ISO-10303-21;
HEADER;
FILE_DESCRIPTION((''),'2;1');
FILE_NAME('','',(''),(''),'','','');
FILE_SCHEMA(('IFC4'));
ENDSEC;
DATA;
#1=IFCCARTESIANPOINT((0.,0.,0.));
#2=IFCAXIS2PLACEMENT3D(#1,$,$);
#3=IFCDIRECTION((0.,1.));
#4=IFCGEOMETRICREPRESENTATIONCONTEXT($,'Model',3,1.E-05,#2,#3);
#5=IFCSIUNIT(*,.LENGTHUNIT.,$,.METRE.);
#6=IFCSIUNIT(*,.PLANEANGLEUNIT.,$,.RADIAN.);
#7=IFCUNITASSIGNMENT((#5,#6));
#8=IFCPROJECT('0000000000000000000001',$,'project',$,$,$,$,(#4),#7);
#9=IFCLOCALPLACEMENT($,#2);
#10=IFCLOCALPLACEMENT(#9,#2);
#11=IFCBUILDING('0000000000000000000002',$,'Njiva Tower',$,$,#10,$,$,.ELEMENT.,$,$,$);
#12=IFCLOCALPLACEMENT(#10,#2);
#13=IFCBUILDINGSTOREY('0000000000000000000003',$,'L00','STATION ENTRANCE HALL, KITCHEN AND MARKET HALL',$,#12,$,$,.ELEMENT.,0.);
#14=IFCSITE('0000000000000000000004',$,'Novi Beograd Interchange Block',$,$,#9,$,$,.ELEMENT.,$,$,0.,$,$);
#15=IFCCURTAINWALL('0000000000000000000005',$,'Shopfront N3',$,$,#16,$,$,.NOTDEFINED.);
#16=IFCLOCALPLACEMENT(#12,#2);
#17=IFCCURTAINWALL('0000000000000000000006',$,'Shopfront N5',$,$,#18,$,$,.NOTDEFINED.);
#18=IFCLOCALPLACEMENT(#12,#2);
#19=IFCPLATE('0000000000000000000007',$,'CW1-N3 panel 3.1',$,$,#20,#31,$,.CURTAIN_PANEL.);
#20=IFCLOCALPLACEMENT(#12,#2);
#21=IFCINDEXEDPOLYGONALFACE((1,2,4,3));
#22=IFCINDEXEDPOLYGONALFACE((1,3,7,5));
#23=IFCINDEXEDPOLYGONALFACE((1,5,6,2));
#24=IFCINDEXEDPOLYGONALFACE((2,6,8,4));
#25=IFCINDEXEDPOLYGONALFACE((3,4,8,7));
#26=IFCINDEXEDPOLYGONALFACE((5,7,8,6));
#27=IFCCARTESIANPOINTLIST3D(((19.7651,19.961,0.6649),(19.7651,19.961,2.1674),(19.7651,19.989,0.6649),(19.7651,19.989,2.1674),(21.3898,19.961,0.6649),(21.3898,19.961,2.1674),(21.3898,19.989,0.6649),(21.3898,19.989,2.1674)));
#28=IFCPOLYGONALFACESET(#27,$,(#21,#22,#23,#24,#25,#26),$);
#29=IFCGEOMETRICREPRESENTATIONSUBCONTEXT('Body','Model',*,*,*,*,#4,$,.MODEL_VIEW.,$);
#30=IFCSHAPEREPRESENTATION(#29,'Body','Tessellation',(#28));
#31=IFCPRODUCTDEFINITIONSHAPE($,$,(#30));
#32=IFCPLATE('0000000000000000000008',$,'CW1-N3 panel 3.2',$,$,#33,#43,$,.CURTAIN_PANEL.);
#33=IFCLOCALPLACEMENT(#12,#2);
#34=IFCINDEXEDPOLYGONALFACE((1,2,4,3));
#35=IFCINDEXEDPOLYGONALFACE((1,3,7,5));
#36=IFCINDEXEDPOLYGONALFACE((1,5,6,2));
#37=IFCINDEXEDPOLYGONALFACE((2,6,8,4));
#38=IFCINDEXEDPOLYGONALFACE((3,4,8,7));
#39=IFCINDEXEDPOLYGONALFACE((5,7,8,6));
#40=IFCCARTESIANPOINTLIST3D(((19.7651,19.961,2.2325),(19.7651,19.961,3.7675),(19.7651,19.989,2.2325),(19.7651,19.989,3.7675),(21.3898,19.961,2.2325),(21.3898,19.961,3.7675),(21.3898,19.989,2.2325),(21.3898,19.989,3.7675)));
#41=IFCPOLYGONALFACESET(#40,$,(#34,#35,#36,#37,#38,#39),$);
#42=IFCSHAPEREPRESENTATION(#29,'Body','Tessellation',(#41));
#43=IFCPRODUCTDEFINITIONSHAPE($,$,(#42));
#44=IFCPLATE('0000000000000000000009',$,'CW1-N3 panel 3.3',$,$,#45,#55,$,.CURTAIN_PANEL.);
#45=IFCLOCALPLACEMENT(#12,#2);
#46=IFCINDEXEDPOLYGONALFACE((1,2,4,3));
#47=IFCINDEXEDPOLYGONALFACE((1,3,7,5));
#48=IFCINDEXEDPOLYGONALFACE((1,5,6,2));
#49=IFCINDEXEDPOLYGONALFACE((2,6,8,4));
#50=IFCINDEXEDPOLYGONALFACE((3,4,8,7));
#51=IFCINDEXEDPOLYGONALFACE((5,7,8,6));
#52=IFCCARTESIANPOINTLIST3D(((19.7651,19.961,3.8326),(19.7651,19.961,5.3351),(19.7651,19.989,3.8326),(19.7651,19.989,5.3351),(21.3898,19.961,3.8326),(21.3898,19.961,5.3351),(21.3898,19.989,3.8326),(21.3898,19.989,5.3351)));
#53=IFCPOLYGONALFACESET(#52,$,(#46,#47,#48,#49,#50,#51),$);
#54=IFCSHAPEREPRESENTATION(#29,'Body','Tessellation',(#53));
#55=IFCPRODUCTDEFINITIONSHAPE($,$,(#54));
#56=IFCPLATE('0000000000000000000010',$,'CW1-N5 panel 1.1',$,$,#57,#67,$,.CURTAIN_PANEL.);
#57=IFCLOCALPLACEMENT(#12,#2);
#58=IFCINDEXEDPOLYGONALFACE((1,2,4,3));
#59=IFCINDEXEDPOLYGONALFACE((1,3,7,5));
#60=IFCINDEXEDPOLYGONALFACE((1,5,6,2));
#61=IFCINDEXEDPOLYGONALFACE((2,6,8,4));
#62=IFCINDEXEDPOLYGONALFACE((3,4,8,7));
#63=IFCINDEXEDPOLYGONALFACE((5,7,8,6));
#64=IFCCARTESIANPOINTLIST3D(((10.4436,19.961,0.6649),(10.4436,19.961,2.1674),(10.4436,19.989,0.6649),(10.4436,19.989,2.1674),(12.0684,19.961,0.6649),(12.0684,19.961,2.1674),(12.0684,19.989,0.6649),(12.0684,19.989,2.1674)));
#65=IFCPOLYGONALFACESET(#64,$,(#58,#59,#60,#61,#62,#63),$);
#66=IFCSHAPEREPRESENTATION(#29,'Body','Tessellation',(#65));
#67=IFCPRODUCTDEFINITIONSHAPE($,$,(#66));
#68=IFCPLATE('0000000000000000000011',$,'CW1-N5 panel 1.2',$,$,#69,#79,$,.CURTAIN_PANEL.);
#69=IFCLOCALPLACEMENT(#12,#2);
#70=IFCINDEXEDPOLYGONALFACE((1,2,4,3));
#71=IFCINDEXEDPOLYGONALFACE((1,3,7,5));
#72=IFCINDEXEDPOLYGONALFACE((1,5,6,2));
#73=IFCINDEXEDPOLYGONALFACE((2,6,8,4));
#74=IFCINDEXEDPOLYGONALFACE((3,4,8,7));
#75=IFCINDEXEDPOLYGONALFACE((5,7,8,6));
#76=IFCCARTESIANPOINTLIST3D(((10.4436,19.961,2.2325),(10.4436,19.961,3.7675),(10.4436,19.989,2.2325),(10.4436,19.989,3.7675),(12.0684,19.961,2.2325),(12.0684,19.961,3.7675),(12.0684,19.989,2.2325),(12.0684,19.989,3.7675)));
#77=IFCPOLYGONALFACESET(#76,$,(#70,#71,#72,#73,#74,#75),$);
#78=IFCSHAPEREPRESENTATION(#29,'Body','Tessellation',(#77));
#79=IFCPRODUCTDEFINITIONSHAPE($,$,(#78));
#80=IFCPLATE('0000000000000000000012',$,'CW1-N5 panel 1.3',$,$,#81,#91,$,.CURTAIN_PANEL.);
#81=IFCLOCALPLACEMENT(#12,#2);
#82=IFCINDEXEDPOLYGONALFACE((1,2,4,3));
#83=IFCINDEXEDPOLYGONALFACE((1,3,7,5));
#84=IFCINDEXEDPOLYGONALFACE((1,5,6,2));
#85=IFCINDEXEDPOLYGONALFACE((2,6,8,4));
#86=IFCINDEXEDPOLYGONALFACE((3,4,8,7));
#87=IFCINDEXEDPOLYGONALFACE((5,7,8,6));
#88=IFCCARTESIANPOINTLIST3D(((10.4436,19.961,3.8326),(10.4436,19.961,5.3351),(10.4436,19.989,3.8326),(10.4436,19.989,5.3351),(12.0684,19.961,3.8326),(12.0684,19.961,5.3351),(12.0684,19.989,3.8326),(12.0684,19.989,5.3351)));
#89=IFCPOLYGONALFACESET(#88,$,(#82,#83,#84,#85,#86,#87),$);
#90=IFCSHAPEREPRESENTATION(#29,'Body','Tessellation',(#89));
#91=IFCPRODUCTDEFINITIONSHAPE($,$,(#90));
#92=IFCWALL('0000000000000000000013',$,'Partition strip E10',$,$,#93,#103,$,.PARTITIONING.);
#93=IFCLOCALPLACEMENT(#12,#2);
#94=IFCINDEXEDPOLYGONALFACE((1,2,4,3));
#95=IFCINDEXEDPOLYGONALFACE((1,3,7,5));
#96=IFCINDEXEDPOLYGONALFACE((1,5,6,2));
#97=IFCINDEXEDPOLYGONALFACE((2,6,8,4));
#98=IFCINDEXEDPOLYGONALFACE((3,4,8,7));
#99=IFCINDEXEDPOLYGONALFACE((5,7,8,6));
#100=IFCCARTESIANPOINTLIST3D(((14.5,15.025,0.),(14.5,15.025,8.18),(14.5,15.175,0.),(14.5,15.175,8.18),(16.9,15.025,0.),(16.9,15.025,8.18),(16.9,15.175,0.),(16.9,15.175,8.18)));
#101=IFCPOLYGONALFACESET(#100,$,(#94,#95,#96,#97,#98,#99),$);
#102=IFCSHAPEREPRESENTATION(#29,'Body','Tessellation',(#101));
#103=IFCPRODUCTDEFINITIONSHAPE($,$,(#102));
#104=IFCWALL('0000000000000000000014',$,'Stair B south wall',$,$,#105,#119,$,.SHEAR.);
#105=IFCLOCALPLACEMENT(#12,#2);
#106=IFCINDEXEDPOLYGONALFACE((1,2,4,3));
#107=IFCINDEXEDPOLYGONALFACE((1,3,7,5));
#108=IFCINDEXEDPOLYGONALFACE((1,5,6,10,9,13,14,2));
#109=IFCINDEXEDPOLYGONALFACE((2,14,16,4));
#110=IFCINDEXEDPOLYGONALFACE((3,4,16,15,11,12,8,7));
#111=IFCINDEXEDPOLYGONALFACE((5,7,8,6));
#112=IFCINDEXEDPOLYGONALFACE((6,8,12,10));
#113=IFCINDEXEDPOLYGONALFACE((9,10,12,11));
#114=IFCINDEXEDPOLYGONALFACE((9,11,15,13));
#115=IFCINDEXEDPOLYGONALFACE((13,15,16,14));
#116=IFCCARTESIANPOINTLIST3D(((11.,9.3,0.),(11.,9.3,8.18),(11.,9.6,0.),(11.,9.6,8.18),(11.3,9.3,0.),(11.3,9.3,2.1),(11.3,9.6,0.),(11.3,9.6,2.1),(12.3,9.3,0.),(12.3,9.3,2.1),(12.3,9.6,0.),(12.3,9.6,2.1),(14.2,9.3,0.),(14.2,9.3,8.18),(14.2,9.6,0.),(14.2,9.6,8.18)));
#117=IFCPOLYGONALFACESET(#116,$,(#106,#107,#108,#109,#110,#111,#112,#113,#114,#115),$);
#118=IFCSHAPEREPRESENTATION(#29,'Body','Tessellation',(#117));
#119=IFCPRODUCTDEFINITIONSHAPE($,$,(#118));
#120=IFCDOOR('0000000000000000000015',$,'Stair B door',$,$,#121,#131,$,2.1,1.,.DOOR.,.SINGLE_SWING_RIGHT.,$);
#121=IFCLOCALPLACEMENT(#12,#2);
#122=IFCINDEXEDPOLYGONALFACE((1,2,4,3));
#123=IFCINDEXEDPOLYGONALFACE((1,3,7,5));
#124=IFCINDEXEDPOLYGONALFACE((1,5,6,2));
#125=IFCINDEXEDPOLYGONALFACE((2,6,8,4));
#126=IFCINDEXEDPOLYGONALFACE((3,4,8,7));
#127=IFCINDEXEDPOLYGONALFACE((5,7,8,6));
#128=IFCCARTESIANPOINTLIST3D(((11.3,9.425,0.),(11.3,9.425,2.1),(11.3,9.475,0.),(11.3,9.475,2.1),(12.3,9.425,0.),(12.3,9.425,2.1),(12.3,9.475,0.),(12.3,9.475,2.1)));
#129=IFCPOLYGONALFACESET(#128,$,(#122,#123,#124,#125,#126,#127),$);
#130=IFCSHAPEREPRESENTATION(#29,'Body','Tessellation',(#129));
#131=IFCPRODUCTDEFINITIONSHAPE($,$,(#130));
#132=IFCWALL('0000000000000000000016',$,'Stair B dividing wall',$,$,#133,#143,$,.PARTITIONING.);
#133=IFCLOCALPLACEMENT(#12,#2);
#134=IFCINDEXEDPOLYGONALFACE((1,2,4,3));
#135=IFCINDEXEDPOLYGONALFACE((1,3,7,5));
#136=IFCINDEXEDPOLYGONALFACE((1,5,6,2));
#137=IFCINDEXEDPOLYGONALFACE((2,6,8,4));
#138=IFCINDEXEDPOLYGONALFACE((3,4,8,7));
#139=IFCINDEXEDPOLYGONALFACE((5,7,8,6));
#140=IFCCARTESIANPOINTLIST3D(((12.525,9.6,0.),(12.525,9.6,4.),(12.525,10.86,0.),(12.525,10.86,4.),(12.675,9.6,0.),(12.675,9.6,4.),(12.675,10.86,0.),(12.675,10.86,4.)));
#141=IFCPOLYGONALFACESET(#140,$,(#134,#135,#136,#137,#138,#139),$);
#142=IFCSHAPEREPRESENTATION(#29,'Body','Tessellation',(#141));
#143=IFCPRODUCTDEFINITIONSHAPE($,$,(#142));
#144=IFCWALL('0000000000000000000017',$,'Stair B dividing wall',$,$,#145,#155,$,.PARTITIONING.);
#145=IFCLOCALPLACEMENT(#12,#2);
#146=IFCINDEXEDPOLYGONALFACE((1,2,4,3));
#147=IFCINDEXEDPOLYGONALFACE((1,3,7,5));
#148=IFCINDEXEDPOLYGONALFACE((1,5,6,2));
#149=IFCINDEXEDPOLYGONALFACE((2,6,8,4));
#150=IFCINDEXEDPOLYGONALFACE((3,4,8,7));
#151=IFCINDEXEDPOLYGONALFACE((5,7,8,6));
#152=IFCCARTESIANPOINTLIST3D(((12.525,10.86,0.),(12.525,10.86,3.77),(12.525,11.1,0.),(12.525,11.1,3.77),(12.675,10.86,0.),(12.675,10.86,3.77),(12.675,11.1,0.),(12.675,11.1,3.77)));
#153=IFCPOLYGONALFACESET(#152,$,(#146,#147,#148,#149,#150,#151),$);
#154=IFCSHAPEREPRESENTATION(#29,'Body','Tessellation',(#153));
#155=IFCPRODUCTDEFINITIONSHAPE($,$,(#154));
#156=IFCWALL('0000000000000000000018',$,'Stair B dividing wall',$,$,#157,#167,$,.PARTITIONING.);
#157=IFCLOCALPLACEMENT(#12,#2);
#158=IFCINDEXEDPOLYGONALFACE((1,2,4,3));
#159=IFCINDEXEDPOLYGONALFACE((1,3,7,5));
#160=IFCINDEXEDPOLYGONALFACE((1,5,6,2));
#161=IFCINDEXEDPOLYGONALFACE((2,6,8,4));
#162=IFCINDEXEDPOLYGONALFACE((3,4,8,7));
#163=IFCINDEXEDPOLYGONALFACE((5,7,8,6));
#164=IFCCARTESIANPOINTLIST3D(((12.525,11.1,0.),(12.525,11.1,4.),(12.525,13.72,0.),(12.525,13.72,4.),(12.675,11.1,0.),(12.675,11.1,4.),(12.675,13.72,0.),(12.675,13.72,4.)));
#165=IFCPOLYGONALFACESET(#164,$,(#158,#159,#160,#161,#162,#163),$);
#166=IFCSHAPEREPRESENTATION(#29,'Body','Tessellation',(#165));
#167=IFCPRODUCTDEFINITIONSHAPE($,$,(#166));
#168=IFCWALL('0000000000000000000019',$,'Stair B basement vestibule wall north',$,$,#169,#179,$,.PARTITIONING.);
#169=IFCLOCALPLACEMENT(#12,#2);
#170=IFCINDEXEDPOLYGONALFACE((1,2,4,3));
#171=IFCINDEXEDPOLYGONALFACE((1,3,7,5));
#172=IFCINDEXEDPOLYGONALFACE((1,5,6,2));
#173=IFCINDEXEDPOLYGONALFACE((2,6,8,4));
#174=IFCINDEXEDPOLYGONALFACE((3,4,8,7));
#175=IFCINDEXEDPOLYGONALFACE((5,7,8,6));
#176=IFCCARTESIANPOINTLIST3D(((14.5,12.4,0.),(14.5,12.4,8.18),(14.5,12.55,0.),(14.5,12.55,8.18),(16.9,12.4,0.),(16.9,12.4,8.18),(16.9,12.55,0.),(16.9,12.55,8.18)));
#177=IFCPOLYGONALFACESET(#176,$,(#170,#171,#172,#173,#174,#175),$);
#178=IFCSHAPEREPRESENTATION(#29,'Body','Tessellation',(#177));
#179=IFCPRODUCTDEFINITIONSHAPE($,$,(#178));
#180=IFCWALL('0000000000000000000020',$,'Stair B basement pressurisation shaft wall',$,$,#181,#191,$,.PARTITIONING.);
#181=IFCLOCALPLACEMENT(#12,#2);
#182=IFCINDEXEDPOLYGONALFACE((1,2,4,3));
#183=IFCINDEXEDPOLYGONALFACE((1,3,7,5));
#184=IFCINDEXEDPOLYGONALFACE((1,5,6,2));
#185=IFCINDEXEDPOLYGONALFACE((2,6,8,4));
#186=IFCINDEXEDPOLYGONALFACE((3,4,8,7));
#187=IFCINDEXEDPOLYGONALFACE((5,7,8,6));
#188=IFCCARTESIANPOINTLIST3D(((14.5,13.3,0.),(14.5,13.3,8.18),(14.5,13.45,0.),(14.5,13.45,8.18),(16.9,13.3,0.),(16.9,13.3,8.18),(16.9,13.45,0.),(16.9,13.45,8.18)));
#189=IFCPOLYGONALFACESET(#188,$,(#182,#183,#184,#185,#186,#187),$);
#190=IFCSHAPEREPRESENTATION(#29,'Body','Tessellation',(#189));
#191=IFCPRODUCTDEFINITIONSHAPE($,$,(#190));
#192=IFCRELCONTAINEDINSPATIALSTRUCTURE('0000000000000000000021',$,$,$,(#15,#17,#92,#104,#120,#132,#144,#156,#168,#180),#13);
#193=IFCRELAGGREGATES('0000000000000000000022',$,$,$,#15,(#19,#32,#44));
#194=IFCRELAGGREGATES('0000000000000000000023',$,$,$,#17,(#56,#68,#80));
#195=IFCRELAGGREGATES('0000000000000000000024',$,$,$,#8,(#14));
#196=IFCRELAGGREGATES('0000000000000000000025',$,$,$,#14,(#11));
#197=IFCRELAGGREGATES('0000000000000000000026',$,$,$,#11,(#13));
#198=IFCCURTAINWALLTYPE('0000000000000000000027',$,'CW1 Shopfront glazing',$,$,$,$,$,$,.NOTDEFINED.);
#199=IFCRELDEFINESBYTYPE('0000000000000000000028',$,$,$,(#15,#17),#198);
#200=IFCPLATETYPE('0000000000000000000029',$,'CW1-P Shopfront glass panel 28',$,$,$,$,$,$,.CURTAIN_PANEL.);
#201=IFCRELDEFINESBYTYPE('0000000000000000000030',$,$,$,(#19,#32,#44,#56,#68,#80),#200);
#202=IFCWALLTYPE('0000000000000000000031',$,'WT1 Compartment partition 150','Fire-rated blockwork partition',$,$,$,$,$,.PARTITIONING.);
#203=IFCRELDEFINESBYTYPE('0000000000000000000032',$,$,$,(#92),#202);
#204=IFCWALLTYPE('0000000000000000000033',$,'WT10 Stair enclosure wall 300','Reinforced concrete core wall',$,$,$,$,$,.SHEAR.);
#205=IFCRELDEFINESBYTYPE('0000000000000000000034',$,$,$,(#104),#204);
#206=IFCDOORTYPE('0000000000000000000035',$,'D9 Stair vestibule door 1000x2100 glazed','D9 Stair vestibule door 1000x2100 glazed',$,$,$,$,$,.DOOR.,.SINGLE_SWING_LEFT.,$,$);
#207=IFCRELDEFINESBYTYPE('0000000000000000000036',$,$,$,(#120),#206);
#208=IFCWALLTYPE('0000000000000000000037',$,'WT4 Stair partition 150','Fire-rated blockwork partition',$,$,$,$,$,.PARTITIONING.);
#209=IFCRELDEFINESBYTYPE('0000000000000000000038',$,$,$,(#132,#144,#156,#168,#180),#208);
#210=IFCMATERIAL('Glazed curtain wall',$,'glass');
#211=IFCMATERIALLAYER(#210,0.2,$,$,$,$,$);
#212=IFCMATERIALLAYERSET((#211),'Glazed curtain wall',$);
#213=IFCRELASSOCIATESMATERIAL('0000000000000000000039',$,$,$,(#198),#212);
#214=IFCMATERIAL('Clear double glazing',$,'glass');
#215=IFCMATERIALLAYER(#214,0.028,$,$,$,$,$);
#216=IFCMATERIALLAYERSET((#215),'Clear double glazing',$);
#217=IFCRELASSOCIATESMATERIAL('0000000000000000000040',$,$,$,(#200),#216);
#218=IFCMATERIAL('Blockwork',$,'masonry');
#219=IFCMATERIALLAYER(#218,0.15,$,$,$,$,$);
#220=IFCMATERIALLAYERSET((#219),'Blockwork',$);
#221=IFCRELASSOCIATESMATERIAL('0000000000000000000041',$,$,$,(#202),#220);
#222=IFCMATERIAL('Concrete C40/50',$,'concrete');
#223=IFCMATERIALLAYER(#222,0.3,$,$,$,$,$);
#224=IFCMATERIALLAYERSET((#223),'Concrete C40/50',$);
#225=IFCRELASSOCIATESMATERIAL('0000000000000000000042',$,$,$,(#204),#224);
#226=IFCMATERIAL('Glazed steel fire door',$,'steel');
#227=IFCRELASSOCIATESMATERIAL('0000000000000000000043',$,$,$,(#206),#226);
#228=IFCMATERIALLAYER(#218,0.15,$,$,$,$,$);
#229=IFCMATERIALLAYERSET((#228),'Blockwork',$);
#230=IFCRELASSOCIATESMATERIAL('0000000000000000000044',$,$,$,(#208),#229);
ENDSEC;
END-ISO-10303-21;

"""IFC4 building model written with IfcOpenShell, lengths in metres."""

from ifc_helpers import new_model, si_unit, direction, frame, frame_2d, origin, origin_2d, place, context, subcontext, project, spatial, rectangle, extrude, material, layer, layer_set, type_object, element, fill, aggregate, save


model = new_model("IFC4")

# Units and contexts
model_context = context("Model", 3, precision=1e-05, world=origin(), true_north=direction((0.0, 1.0)))
body_context = subcontext(model_context, "Body", "Model", "MODEL_VIEW")
ifc_project = project(units=[si_unit("LENGTHUNIT", "METRE"), si_unit("PLANEANGLEUNIT", "RADIAN")], contexts=[model_context])

# Site, building, storey
site_placement = place(None, origin())
site = spatial("IfcSite", under=ifc_project, at=site_placement, Name="Novi Beograd Interchange Block", CompositionType="ELEMENT", RefElevation=0.0)
building_placement = place(site_placement, origin())
building = spatial("IfcBuilding", under=site, at=building_placement, Name="Njiva Tower", CompositionType="ELEMENT")
storey_placement = place(building_placement, origin())
storey = spatial("IfcBuildingStorey", under=building, at=storey_placement, Name="L00", Description="STATION ENTRANCE HALL, KITCHEN AND MARKET HALL", CompositionType="ELEMENT", Elevation=0.0)

# Curtain wall
ifc_material_1 = material(Name="Glazed curtain wall", Category="glass")
ifc_layer_1 = layer(ifc_material_1, 0.2)
ifc_layer_set_1 = layer_set([ifc_layer_1], Name="Glazed curtain wall")
curtain_wall_type = type_object("IfcCurtainWallType", Name="CW1 Shopfront glazing", PredefinedType="NOTDEFINED", material=ifc_layer_set_1)
curtain_wall_1_placement = place(storey_placement, origin())
curtain_wall_1 = element("IfcCurtainWall", 1, at=curtain_wall_1_placement, inside=storey, type_object=curtain_wall_type, Name="Shopfront N3", PredefinedType="NOTDEFINED")

# Curtain wall
curtain_wall_2_placement = place(storey_placement, origin())
curtain_wall_2 = element("IfcCurtainWall", 2, at=curtain_wall_2_placement, inside=storey, type_object=curtain_wall_type, Name="Shopfront N5", PredefinedType="NOTDEFINED")

# Plates
ifc_material_2 = material(Name="Clear double glazing", Category="glass")
ifc_layer_2 = layer(ifc_material_2, 0.028)
ifc_layer_set_2 = layer_set([ifc_layer_2], Name="Clear double glazing")
plate_type = type_object("IfcPlateType", Name="CW1-P Shopfront glass panel 28", PredefinedType="CURTAIN_PANEL", material=ifc_layer_set_2)
plate_1_placement = place(storey_placement, frame((20.5774, 19.975, 0.6649), z_axis=(0.0, 0.0, 1.0), x_axis=(-1.0, 0.0, 0.0)))
plate_1 = element("IfcPlate", 3, at=plate_1_placement, type_object=plate_type, Name="CW1-N3 panel 3.1", PredefinedType="CURTAIN_PANEL", context=body_context, shape_type="SweptSolid", body=[
    extrude(rectangle(XDim=1.6247, YDim=0.028, at=origin_2d()), origin(), (0.0, 0.0, 1.0), 1.5025),
])
plate_2_placement = place(storey_placement, frame((20.5774, 19.975, 2.2325), z_axis=(0.0, 0.0, 1.0), x_axis=(-1.0, 0.0, 0.0)))
plate_2 = element("IfcPlate", 4, at=plate_2_placement, type_object=plate_type, Name="CW1-N3 panel 3.2", PredefinedType="CURTAIN_PANEL", context=body_context, shape_type="SweptSolid", body=[
    extrude(rectangle(XDim=1.6247, YDim=0.028, at=origin_2d()), origin(), (0.0, 0.0, 1.0), 1.535),
])
plate_3_placement = place(storey_placement, frame((20.5774, 19.975, 3.8326), z_axis=(0.0, 0.0, 1.0), x_axis=(-1.0, 0.0, 0.0)))
plate_3 = element("IfcPlate", 5, at=plate_3_placement, type_object=plate_type, Name="CW1-N3 panel 3.3", PredefinedType="CURTAIN_PANEL", context=body_context, shape_type="SweptSolid", body=[
    extrude(rectangle(XDim=1.6247, YDim=0.028, at=origin_2d()), origin(), (0.0, 0.0, 1.0), 1.5025),
])
aggregate(curtain_wall_1, [plate_1, plate_2, plate_3])
plate_4_placement = place(storey_placement, frame((11.256, 19.975, 0.6649), z_axis=(0.0, 0.0, 1.0), x_axis=(-1.0, 0.0, 0.0)))
plate_4 = element("IfcPlate", 6, at=plate_4_placement, type_object=plate_type, Name="CW1-N5 panel 1.1", PredefinedType="CURTAIN_PANEL", context=body_context, shape_type="SweptSolid", body=[
    extrude(rectangle(XDim=1.6247, YDim=0.028, at=origin_2d()), origin(), (0.0, 0.0, 1.0), 1.5025),
])
plate_5_placement = place(storey_placement, frame((11.256, 19.975, 2.2325), z_axis=(0.0, 0.0, 1.0), x_axis=(-1.0, 0.0, 0.0)))
plate_5 = element("IfcPlate", 7, at=plate_5_placement, type_object=plate_type, Name="CW1-N5 panel 1.2", PredefinedType="CURTAIN_PANEL", context=body_context, shape_type="SweptSolid", body=[
    extrude(rectangle(XDim=1.6247, YDim=0.028, at=origin_2d()), origin(), (0.0, 0.0, 1.0), 1.535),
])
plate_6_placement = place(storey_placement, frame((11.256, 19.975, 3.8326), z_axis=(0.0, 0.0, 1.0), x_axis=(-1.0, 0.0, 0.0)))
plate_6 = element("IfcPlate", 8, at=plate_6_placement, type_object=plate_type, Name="CW1-N5 panel 1.3", PredefinedType="CURTAIN_PANEL", context=body_context, shape_type="SweptSolid", body=[
    extrude(rectangle(XDim=1.6247, YDim=0.028, at=origin_2d()), origin(), (0.0, 0.0, 1.0), 1.5025),
])
aggregate(curtain_wall_2, [plate_4, plate_5, plate_6])

# Wall
ifc_material_3 = material(Name="Blockwork", Category="masonry")
ifc_layer_3 = layer(ifc_material_3, 0.15)
ifc_layer_set_3 = layer_set([ifc_layer_3], Name="Blockwork")
wall_type_1 = type_object("IfcWallType", Name="WT1 Compartment partition 150", Description="Fire-rated blockwork partition", PredefinedType="PARTITIONING", material=ifc_layer_set_3)
wall_1_placement = place(storey_placement, frame((14.5, 15.1, 0.0), z_axis=(0.0, 0.0, 1.0), x_axis=(1.0, 0.0, 0.0)))
element("IfcWall", 9, at=wall_1_placement, inside=storey, type_object=wall_type_1, Name="Partition strip E10", PredefinedType="PARTITIONING", context=body_context, shape_type="SweptSolid", body=[
    extrude(rectangle(XDim=2.4, YDim=0.15, at=frame_2d((1.2, 0.0))), origin(), (0.0, 0.0, 1.0), 8.18),
])

# Wall, opening, door
ifc_material_4 = material(Name="Concrete C40/50", Category="concrete")
ifc_layer_4 = layer(ifc_material_4, 0.3)
ifc_layer_set_4 = layer_set([ifc_layer_4], Name="Concrete C40/50")
wall_type_2 = type_object("IfcWallType", Name="WT10 Stair enclosure wall 300", Description="Reinforced concrete core wall", PredefinedType="SHEAR", material=ifc_layer_set_4)
wall_2_placement = place(storey_placement, frame((11.0, 9.45, 0.0), z_axis=(0.0, 0.0, 1.0), x_axis=(1.0, 0.0, 0.0)))
wall_2 = element("IfcWall", 10, at=wall_2_placement, inside=storey, type_object=wall_type_2, Name="Stair B south wall", PredefinedType="SHEAR", context=body_context, shape_type="SweptSolid", body=[
    extrude(rectangle(XDim=3.2, YDim=0.3, at=frame_2d((1.6, 0.0))), origin(), (0.0, 0.0, 1.0), 8.18),
])
opening_1_placement = place(wall_2_placement, frame((0.3, 0.0, 0.0)))
opening_1 = element("IfcOpeningElement", 11, at=opening_1_placement, cuts=wall_2, PredefinedType="OPENING", context=body_context, shape_type="SweptSolid", body=[
    extrude(rectangle(XDim=1.0, YDim=2.1, at=frame_2d((0.5, 1.05))), frame((0.0, 0.16, 0.0), z_axis=(0.0, -1.0, 0.0), x_axis=(1.0, 0.0, 0.0)), (0.0, 0.0, 1.0), 0.32),
])
ifc_material_5 = material(Name="Glazed steel fire door", Category="steel")
door_type_1 = type_object("IfcDoorType", Name="D9 Stair vestibule door 1000x2100 glazed", Description="D9 Stair vestibule door 1000x2100 glazed", OperationType="SINGLE_SWING_LEFT", PredefinedType="DOOR", material=ifc_material_5)
door_1_placement = place(opening_1_placement, origin())
door_1 = element("IfcDoor", 12, at=door_1_placement, inside=storey, type_object=door_type_1, Name="Stair B door", OperationType="SINGLE_SWING_RIGHT", OverallHeight=2.1, OverallWidth=1.0, PredefinedType="DOOR", context=body_context, shape_type="SweptSolid", body=[
    extrude(rectangle(XDim=1.0, YDim=2.1, at=frame_2d((0.5, 1.05))), frame((0.0, 0.025, 0.0), z_axis=(0.0, -1.0, 0.0), x_axis=(1.0, 0.0, 0.0)), (0.0, 0.0, 1.0), 0.05),
])
fill(opening_1, door_1)

# Walls
ifc_layer_5 = layer(ifc_material_3, 0.15)
ifc_layer_set_5 = layer_set([ifc_layer_5], Name="Blockwork")
wall_type_3 = type_object("IfcWallType", Name="WT4 Stair partition 150", Description="Fire-rated blockwork partition", PredefinedType="PARTITIONING", material=ifc_layer_set_5)
wall_3_placement = place(storey_placement, frame((12.6, 9.6, 0.0), z_axis=(0.0, 0.0, 1.0), x_axis=(0.0, 1.0, 0.0)))
element("IfcWall", 13, at=wall_3_placement, inside=storey, type_object=wall_type_3, Name="Stair B dividing wall", PredefinedType="PARTITIONING", context=body_context, shape_type="SweptSolid", body=[
    extrude(rectangle(XDim=1.26, YDim=0.15, at=frame_2d((0.63, 0.0))), origin(), (0.0, 0.0, 1.0), 4.0),
])
wall_4_placement = place(storey_placement, frame((12.6, 10.86, 0.0), z_axis=(0.0, 0.0, 1.0), x_axis=(0.0, 1.0, 0.0)))
element("IfcWall", 14, at=wall_4_placement, inside=storey, type_object=wall_type_3, Name="Stair B dividing wall", PredefinedType="PARTITIONING", context=body_context, shape_type="SweptSolid", body=[
    extrude(rectangle(XDim=0.24, YDim=0.15, at=frame_2d((0.12, 0.0))), origin(), (0.0, 0.0, 1.0), 3.77),
])
wall_5_placement = place(storey_placement, frame((12.6, 11.1, 0.0), z_axis=(0.0, 0.0, 1.0), x_axis=(0.0, 1.0, 0.0)))
element("IfcWall", 15, at=wall_5_placement, inside=storey, type_object=wall_type_3, Name="Stair B dividing wall", PredefinedType="PARTITIONING", context=body_context, shape_type="SweptSolid", body=[
    extrude(rectangle(XDim=2.62, YDim=0.15, at=frame_2d((1.31, 0.0))), origin(), (0.0, 0.0, 1.0), 4.0),
])
for number, where, z_axis, x_axis, name in (
    (16, (14.5, 12.475, 0.0), (0.0, 0.0, 1.0), (1.0, 0.0, 0.0), "Stair B basement vestibule wall north"),
    (17, (14.5, 13.375, 0.0), (0.0, 0.0, 1.0), (1.0, 0.0, 0.0), "Stair B basement pressurisation shaft wall"),
):
    element("IfcWall", number, at=place(storey_placement, frame(where, z_axis=z_axis, x_axis=x_axis)), inside=storey, type_object=wall_type_3, Name=name, PredefinedType="PARTITIONING", context=body_context, shape_type="SweptSolid", body=[
        extrude(rectangle(XDim=2.4, YDim=0.15, at=frame_2d((1.2, 0.0))), origin(), (0.0, 0.0, 1.0), 8.18),
    ])

save(model, "model.ifc")
